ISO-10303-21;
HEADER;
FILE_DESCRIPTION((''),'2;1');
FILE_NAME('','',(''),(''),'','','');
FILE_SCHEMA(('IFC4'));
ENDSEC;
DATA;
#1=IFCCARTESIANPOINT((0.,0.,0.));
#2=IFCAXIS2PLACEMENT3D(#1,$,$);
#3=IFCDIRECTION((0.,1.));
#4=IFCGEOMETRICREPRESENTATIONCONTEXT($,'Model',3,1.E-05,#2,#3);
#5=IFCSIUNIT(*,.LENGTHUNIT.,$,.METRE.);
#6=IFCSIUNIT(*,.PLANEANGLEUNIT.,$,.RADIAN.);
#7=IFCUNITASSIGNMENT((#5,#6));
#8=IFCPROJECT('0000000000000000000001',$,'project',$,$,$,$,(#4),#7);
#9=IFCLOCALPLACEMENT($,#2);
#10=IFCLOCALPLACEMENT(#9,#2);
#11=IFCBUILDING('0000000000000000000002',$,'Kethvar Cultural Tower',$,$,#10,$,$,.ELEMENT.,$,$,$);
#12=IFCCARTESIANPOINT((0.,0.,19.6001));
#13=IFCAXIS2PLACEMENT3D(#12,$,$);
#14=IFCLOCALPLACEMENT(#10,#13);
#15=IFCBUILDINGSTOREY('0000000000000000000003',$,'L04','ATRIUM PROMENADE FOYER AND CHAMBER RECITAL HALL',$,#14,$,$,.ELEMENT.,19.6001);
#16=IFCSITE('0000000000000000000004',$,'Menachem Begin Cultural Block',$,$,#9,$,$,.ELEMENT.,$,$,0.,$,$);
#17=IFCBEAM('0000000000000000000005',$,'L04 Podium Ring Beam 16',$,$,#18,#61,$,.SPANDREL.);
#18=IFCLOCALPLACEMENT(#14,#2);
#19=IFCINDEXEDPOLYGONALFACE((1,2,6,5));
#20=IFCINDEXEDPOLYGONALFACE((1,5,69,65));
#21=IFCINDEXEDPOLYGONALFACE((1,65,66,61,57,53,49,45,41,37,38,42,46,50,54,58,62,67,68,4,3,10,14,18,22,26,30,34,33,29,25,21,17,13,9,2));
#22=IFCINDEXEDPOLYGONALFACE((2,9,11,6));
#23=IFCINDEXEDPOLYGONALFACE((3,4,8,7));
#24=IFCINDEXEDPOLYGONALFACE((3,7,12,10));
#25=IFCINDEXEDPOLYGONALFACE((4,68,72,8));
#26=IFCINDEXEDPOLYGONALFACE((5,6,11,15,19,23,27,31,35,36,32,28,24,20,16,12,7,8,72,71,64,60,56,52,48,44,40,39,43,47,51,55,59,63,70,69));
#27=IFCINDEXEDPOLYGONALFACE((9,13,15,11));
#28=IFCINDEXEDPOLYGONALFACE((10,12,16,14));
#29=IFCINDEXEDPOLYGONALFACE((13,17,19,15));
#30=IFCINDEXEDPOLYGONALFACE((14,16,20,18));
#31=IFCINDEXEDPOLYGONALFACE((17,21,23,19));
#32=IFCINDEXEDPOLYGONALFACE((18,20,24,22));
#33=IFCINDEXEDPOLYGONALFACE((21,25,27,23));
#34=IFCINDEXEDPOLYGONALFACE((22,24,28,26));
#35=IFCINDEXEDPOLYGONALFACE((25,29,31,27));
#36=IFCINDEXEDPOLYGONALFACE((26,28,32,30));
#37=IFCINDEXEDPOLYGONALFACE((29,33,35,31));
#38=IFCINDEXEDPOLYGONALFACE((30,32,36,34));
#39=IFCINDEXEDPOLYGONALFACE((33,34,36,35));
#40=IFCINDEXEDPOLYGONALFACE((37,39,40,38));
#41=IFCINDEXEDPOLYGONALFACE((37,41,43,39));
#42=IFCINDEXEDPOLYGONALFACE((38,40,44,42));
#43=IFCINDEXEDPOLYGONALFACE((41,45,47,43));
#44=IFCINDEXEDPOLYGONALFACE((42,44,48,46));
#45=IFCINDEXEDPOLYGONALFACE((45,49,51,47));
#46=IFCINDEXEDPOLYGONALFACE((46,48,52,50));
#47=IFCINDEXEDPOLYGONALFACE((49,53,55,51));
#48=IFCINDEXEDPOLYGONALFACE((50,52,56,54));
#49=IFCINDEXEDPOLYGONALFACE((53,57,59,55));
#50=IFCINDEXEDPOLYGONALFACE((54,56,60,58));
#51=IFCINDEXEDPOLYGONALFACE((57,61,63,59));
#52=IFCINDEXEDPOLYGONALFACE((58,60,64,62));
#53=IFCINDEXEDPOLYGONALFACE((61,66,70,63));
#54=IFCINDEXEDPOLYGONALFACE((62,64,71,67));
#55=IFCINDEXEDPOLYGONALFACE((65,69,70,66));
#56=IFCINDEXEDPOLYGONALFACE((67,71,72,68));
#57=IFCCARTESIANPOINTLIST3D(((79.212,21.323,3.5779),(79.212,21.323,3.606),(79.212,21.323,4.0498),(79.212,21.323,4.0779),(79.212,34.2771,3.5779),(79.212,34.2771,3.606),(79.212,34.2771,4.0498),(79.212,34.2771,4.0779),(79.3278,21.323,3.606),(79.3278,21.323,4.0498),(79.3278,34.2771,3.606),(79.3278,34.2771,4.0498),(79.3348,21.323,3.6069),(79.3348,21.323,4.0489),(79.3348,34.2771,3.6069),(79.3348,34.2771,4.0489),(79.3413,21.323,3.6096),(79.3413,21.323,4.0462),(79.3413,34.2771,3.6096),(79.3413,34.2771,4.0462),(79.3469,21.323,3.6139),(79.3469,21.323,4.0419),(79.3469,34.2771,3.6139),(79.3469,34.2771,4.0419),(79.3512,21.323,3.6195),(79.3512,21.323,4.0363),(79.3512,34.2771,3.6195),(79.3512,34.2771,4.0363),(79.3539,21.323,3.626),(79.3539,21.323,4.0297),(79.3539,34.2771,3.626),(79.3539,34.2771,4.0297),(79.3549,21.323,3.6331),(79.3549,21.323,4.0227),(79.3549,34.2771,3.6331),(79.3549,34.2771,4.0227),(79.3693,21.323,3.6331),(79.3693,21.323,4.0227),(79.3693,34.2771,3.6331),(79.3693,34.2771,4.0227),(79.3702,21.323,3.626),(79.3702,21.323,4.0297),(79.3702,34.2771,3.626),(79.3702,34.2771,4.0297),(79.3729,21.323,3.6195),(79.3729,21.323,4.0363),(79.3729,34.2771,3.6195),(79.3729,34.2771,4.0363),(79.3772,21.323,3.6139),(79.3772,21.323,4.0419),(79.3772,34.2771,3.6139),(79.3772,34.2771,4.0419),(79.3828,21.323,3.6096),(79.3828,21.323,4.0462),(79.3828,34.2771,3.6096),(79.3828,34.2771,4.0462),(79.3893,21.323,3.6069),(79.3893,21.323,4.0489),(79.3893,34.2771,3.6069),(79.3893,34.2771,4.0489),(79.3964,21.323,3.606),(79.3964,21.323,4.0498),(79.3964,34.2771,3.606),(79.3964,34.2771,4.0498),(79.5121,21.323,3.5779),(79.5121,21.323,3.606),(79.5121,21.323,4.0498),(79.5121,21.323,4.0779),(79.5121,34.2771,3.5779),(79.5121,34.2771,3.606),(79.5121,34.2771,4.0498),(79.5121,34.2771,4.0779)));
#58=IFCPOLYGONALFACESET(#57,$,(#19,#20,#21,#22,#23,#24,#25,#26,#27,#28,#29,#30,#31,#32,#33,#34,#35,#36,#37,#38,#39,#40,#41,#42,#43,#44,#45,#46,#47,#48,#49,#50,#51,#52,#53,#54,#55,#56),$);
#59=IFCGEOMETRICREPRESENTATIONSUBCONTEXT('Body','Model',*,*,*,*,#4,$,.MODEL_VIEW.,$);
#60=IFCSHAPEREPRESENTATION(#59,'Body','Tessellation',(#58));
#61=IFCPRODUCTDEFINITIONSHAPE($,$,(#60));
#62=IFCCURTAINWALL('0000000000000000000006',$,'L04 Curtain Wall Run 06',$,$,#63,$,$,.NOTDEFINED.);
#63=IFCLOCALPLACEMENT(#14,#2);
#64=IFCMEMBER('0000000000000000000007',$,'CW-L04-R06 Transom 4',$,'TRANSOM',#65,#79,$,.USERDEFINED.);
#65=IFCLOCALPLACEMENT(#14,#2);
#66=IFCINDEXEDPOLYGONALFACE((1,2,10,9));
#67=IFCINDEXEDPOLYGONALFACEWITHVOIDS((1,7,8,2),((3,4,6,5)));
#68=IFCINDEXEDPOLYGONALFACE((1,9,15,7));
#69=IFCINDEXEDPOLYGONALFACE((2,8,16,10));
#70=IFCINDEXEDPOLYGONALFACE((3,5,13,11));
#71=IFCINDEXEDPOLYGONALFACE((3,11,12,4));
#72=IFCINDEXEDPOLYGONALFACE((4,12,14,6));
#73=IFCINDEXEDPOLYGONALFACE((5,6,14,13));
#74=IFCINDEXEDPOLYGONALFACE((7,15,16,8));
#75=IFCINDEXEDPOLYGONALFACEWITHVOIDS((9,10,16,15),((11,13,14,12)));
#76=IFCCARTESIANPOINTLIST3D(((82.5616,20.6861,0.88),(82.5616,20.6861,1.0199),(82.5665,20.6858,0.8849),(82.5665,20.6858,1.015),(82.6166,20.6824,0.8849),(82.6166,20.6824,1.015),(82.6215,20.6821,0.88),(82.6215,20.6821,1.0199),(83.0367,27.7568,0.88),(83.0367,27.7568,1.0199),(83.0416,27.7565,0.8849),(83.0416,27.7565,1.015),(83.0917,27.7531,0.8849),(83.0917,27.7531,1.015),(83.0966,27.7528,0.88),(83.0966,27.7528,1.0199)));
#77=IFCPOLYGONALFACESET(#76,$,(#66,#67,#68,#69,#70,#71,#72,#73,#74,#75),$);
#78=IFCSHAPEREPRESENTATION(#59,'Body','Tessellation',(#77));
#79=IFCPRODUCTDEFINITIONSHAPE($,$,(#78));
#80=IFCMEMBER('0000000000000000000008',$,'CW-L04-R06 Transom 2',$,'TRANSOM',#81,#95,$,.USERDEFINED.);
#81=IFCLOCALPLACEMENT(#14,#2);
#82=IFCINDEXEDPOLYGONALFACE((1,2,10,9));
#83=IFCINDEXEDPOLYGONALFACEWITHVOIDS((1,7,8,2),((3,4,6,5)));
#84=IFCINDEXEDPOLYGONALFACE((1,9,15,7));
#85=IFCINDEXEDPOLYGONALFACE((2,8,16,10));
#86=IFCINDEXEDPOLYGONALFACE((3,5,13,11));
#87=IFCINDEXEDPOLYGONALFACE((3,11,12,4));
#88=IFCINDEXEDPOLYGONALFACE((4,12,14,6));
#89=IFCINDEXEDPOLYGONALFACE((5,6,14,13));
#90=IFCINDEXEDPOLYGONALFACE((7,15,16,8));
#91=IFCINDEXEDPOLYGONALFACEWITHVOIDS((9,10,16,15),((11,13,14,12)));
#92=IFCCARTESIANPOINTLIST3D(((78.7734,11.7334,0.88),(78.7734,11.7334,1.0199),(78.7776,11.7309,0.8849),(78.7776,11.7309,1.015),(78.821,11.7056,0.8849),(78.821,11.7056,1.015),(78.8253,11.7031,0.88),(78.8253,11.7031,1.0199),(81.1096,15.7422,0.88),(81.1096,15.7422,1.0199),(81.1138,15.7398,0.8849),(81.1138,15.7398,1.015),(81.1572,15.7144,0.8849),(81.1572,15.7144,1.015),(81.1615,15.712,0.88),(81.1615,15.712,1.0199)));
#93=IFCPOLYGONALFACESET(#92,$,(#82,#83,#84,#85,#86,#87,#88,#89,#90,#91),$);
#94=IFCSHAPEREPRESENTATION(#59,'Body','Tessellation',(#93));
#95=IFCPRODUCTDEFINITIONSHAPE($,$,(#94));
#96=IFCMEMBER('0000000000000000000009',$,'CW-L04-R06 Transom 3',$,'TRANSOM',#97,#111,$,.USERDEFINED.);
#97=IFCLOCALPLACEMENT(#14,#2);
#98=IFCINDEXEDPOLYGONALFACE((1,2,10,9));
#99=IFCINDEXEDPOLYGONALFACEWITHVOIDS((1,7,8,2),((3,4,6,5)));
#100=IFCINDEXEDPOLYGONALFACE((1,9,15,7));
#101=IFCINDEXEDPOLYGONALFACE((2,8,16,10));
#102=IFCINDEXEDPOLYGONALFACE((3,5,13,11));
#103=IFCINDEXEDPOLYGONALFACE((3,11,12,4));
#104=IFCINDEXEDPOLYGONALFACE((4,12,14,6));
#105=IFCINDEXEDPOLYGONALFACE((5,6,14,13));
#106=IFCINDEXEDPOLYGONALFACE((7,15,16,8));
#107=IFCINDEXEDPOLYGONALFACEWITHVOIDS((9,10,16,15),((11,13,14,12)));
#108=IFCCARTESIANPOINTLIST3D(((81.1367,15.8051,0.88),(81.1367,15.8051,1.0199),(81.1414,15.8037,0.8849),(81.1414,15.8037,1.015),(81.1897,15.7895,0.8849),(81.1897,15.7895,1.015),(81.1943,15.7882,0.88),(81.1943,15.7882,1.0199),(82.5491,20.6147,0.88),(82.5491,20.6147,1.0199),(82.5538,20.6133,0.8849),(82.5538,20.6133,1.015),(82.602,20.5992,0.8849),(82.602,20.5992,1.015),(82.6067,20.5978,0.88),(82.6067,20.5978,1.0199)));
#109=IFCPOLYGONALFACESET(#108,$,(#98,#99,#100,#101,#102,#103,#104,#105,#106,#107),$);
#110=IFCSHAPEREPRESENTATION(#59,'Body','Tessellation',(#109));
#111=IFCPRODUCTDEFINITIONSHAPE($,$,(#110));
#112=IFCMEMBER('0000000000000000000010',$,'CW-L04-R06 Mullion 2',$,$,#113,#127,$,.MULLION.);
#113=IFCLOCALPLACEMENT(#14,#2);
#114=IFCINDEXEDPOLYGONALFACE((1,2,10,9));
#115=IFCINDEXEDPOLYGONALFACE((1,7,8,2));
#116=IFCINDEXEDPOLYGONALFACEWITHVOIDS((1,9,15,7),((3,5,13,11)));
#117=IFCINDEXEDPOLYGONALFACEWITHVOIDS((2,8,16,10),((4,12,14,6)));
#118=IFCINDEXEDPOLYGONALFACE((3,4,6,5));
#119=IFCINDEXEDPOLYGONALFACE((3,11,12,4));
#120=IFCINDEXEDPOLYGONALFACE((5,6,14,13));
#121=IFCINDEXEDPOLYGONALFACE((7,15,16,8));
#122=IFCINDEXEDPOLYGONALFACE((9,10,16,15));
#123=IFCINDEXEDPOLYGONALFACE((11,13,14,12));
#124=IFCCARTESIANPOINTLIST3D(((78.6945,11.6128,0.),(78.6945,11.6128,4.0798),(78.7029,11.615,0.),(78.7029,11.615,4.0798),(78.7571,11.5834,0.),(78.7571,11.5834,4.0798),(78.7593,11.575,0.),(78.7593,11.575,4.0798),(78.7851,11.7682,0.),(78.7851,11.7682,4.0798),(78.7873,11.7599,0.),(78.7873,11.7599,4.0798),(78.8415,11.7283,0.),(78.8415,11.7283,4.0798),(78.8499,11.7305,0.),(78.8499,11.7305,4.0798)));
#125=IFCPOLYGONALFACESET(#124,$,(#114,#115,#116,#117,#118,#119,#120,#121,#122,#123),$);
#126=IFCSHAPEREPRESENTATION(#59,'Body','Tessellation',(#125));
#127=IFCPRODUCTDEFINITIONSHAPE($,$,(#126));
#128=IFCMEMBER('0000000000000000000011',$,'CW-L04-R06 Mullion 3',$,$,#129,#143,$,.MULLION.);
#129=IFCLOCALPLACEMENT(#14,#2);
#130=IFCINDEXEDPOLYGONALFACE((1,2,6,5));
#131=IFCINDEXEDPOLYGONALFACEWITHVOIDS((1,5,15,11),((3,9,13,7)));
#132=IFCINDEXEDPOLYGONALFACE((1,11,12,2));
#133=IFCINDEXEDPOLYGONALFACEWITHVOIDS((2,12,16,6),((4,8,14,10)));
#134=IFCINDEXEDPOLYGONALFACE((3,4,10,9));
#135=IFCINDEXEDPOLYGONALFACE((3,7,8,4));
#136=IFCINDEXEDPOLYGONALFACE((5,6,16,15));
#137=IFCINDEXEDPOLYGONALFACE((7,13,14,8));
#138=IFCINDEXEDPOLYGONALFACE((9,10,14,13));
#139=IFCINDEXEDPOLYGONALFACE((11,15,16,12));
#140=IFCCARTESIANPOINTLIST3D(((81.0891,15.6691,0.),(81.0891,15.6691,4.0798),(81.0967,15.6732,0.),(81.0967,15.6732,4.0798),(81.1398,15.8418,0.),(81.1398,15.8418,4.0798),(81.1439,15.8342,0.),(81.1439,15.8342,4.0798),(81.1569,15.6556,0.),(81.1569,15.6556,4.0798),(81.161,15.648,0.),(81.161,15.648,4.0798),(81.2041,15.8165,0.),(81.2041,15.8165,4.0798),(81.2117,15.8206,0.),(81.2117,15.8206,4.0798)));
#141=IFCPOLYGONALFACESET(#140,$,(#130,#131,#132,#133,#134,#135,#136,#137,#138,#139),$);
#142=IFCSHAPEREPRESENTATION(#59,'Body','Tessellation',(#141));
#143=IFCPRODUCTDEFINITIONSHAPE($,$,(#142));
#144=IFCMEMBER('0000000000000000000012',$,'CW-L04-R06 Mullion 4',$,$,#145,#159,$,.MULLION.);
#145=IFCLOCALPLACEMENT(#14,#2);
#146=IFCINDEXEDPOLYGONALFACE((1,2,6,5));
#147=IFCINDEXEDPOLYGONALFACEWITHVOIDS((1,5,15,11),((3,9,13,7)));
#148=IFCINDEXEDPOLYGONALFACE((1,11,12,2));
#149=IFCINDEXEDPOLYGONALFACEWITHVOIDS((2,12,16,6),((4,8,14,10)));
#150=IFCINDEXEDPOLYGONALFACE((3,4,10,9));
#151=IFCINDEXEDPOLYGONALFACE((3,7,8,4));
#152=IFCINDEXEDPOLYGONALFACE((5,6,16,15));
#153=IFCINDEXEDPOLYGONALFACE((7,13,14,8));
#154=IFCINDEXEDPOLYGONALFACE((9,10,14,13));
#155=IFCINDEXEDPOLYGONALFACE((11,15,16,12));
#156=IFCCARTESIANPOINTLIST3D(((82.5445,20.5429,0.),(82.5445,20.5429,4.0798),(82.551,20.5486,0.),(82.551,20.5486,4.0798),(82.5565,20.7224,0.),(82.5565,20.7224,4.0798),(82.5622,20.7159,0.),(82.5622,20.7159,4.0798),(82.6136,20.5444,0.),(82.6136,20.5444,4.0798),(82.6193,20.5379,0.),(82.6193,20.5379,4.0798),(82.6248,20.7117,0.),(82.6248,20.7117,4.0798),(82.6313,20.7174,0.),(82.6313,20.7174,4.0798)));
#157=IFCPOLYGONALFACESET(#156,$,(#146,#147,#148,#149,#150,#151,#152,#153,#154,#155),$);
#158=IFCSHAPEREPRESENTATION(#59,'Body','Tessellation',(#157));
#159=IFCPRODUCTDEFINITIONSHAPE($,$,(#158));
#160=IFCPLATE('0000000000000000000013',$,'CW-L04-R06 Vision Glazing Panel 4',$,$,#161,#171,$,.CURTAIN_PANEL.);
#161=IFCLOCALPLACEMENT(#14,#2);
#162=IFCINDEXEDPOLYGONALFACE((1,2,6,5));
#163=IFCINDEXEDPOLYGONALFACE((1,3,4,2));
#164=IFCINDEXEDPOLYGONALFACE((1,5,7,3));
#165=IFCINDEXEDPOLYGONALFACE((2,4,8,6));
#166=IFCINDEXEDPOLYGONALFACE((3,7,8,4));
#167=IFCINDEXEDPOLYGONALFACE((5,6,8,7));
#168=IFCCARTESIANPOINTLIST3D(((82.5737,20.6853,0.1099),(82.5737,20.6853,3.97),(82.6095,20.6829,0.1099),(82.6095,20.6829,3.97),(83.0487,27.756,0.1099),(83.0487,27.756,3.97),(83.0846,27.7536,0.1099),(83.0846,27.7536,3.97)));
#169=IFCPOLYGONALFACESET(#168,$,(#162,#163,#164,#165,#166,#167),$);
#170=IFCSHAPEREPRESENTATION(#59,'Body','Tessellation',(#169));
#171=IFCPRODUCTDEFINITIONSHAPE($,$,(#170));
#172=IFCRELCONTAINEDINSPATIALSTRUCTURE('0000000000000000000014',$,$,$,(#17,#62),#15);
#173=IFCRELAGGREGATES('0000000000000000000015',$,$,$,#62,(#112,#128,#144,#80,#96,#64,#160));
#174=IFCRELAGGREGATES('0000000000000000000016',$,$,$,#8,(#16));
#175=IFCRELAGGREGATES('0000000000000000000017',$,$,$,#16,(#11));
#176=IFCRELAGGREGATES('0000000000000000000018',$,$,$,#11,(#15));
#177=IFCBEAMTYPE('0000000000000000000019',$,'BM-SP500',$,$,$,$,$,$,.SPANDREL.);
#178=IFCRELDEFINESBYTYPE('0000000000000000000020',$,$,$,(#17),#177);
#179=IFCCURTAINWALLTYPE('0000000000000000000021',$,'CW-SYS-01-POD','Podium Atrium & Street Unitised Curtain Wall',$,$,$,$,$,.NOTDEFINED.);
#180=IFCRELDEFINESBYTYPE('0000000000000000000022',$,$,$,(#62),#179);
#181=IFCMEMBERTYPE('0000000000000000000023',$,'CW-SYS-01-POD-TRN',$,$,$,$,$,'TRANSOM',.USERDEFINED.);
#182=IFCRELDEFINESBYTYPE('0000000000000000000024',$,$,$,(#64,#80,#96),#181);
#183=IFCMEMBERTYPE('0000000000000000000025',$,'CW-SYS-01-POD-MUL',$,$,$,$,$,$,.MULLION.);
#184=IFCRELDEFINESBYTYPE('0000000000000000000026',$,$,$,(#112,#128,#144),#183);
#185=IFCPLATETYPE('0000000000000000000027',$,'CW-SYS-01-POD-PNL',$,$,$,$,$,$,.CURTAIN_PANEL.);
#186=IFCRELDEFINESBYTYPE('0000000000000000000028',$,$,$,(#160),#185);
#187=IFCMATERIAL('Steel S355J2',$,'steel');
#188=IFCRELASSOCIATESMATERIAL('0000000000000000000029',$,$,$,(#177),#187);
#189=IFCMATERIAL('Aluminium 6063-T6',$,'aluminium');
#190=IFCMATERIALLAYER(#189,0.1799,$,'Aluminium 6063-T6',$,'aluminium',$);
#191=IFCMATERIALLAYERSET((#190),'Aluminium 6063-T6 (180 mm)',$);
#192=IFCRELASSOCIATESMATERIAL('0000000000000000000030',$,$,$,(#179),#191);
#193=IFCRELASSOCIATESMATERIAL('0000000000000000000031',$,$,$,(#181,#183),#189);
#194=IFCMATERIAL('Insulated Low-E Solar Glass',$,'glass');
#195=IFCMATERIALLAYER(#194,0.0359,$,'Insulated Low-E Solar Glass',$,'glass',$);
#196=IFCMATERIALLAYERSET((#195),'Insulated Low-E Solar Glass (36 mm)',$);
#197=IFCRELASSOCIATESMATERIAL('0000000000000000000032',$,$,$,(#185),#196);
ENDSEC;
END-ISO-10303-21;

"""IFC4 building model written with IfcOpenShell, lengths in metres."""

from ifc_helpers import new_model, si_unit, direction, frame, origin, origin_2d, place, context, subcontext, project, spatial, rectangle, hollow_rectangle, i_section, extrude, source, transform, mapped, material, layer, layer_set, material_profile, profile_set, type_object, element, aggregate, save


model = new_model("IFC4")

# Units and contexts
model_context = context("Model", 3, precision=1e-05, world=origin(), true_north=direction((0.0, 1.0)))
body_context = subcontext(model_context, "Body", "Model", "MODEL_VIEW")
ifc_project = project(units=[si_unit("LENGTHUNIT", "METRE"), si_unit("PLANEANGLEUNIT", "RADIAN")], contexts=[model_context])

# Site, building, storey
site_placement = place(None, origin())
site = spatial("IfcSite", under=ifc_project, at=site_placement, Name="Menachem Begin Cultural Block", CompositionType="ELEMENT", RefElevation=0.0)
building_placement = place(site_placement, origin())
building = spatial("IfcBuilding", under=site, at=building_placement, Name="Kethvar Cultural Tower", CompositionType="ELEMENT")
storey_placement = place(building_placement, frame((0.0, 0.0, 19.6001)))
storey = spatial("IfcBuildingStorey", under=building, at=storey_placement, Name="L04", Description="ATRIUM PROMENADE FOYER AND CHAMBER RECITAL HALL", CompositionType="ELEMENT", Elevation=19.6001)

# Beam
ifc_material_1 = material(Name="Steel S355J2", Category="steel")
ifc_material_profile_1 = material_profile(ifc_material_1, i_section(OverallWidth=0.3, OverallDepth=0.5, WebThickness=0.0144, FlangeThickness=0.0281, FilletRadius=0.0271, at=origin_2d()), Name="Steel S355J2 — HEB500")
ifc_profile_set_1 = profile_set([ifc_material_profile_1], Name="Steel S355J2 — HEB500")
beam_type = type_object("IfcBeamType", Name="BM-SP500", PredefinedType="SPANDREL", material=ifc_profile_set_1)
shared_shape_1 = source(origin(), body_context, "Body", "SweptSolid", [
    extrude(i_section(OverallWidth=0.3, OverallDepth=0.5, WebThickness=0.0144, FlangeThickness=0.0281, FilletRadius=0.0271, at=origin_2d()), origin(), (0.0, 0.0, 1.0), 12.9541),
])
beam_1_placement = place(storey_placement, frame((79.3621, 21.323, 3.8279), z_axis=(0.0, 1.0, 0.0), x_axis=(-1.0, 0.0, 0.0)))
element("IfcBeam", 1, at=beam_1_placement, inside=storey, type_object=beam_type, Name="L04 Podium Ring Beam 16", PredefinedType="SPANDREL", context=body_context, shape_type="MappedRepresentation", body=[
    mapped(shared_shape_1, transform((0.0, 0.0, 0.0), scale=1.0)),
])

# Curtain wall, members, plate
ifc_material_2 = material(Name="Aluminium 6063-T6", Category="aluminium")
ifc_layer_1 = layer(ifc_material_2, 0.1799, Name="Aluminium 6063-T6", Category="aluminium")
ifc_layer_set_1 = layer_set([ifc_layer_1], Name="Aluminium 6063-T6 (180 mm)")
curtain_wall_type = type_object("IfcCurtainWallType", Name="CW-SYS-01-POD", Description="Podium Atrium & Street Unitised Curtain Wall", PredefinedType="NOTDEFINED", material=ifc_layer_set_1)
curtain_wall_placement = place(storey_placement, origin())
curtain_wall = element("IfcCurtainWall", 2, at=curtain_wall_placement, inside=storey, type_object=curtain_wall_type, Name="L04 Curtain Wall Run 06", PredefinedType="NOTDEFINED")
ifc_material_profile_2 = material_profile(ifc_material_2, hollow_rectangle(XDim=0.0601, YDim=0.1399, WallThickness=0.0049, at=origin_2d()), Name="Aluminium 6063-T6 — RHS140x60x5")
ifc_profile_set_2 = profile_set([ifc_material_profile_2], Name="Aluminium 6063-T6 — RHS140x60x5")
member_type_1 = type_object("IfcMemberType", Name="CW-SYS-01-POD-TRN", ElementType="TRANSOM", PredefinedType="USERDEFINED", material=ifc_profile_set_2)
shared_shape_2 = source(origin(), body_context, "Body", "SweptSolid", [
    extrude(hollow_rectangle(XDim=0.0601, YDim=0.1399, WallThickness=0.0049, at=origin_2d()), origin(), (0.0, 0.0, 1.0), 7.0867),
])
member_1_placement = place(storey_placement, frame((82.5916, 20.6841, 0.95), z_axis=(0.06704, 0.99775, 0.0), x_axis=(-0.99775, 0.06704, 0.0)))
member_1 = element("IfcMember", 3, at=member_1_placement, type_object=member_type_1, Name="CW-L04-R06 Transom 4", ObjectType="TRANSOM", PredefinedType="USERDEFINED", context=body_context, shape_type="MappedRepresentation", body=[
    mapped(shared_shape_2, transform((0.0, 0.0, 0.0), scale=1.0)),
])
shared_shape_3 = source(origin(), body_context, "Body", "SweptSolid", [
    extrude(hollow_rectangle(XDim=0.0601, YDim=0.1399, WallThickness=0.0049, at=origin_2d()), origin(), (0.0, 0.0, 1.0), 4.6399),
])
member_2_placement = place(storey_placement, frame((78.7993, 11.7183, 0.95), z_axis=(0.503505, 0.863993, 0.0), x_axis=(-0.863993, 0.503505, 0.0)))
member_2 = element("IfcMember", 4, at=member_2_placement, type_object=member_type_1, Name="CW-L04-R06 Transom 2", ObjectType="TRANSOM", PredefinedType="USERDEFINED", context=body_context, shape_type="MappedRepresentation", body=[
    mapped(shared_shape_3, transform((0.0, 0.0, 0.0), scale=1.0)),
])
shared_shape_4 = source(origin(), body_context, "Body", "SweptSolid", [
    extrude(hollow_rectangle(XDim=0.0601, YDim=0.1399, WallThickness=0.0049, at=origin_2d()), origin(), (0.0, 0.0, 1.0), 5.0127),
])
member_3_placement = place(storey_placement, frame((81.1655, 15.7966, 0.95), z_axis=(0.281758, 0.959486, 0.0), x_axis=(-0.959486, 0.281758, 0.0)))
member_3 = element("IfcMember", 5, at=member_3_placement, type_object=member_type_1, Name="CW-L04-R06 Transom 3", ObjectType="TRANSOM", PredefinedType="USERDEFINED", context=body_context, shape_type="MappedRepresentation", body=[
    mapped(shared_shape_4, transform((0.0, 0.0, 0.0), scale=1.0)),
])
ifc_material_profile_3 = material_profile(ifc_material_2, hollow_rectangle(XDim=0.075, YDim=0.1799, WallThickness=0.0061, at=origin_2d()), Name="Aluminium 6063-T6 — RHS180x75x6")
ifc_profile_set_3 = profile_set([ifc_material_profile_3], Name="Aluminium 6063-T6 — RHS180x75x6")
member_type_2 = type_object("IfcMemberType", Name="CW-SYS-01-POD-MUL", PredefinedType="MULLION", material=ifc_profile_set_3)
shared_shape_5 = source(origin(), body_context, "Body", "SweptSolid", [
    extrude(hollow_rectangle(XDim=0.075, YDim=0.1799, WallThickness=0.0061, at=origin_2d()), origin(), (0.0, 0.0, 1.0), 4.0798),
])
member_4_placement = place(storey_placement, frame((78.7722, 11.6716, 0.0), z_axis=(0.0, 0.0, 1.0), x_axis=(-0.863985, 0.503518, 0.0)))
member_4 = element("IfcMember", 6, at=member_4_placement, type_object=member_type_2, Name="CW-L04-R06 Mullion 2", PredefinedType="MULLION", context=body_context, shape_type="MappedRepresentation", body=[
    mapped(shared_shape_5, transform((0.0, 0.0, 0.0), scale=1.0)),
])
member_5_placement = place(storey_placement, frame((81.1504, 15.7449, 0.0), z_axis=(0.0, 0.0, 1.0), x_axis=(-0.959496, 0.281722, 0.0)))
member_5 = element("IfcMember", 7, at=member_5_placement, type_object=member_type_2, Name="CW-L04-R06 Mullion 3", PredefinedType="MULLION", context=body_context, shape_type="MappedRepresentation", body=[
    mapped(shared_shape_5, transform((0.0, 0.0, 0.0), scale=1.0)),
])
member_6_placement = place(storey_placement, frame((82.5879, 20.6301, 0.0), z_axis=(0.0, 0.0, 1.0), x_axis=(-0.99775, 0.06704, 0.0)))
member_6 = element("IfcMember", 8, at=member_6_placement, type_object=member_type_2, Name="CW-L04-R06 Mullion 4", PredefinedType="MULLION", context=body_context, shape_type="MappedRepresentation", body=[
    mapped(shared_shape_5, transform((0.0, 0.0, 0.0), scale=1.0)),
])
ifc_material_3 = material(Name="Insulated Low-E Solar Glass", Category="glass")
ifc_layer_2 = layer(ifc_material_3, 0.0359, Name="Insulated Low-E Solar Glass", Category="glass")
ifc_layer_set_2 = layer_set([ifc_layer_2], Name="Insulated Low-E Solar Glass (36 mm)")
plate_type = type_object("IfcPlateType", Name="CW-SYS-01-POD-PNL", PredefinedType="CURTAIN_PANEL", material=ifc_layer_set_2)
shared_shape_6 = source(origin(), body_context, "Body", "SweptSolid", [
    extrude(rectangle(XDim=7.0867, YDim=0.0359, at=origin_2d()), origin(), (0.0, 0.0, 1.0), 3.8601),
])
plate_1_placement = place(storey_placement, frame((82.8291, 24.2195, 0.1099), z_axis=(0.0, 0.0, 1.0), x_axis=(0.06704, 0.99775, 0.0)))
plate_1 = element("IfcPlate", 9, at=plate_1_placement, type_object=plate_type, Name="CW-L04-R06 Vision Glazing Panel 4", PredefinedType="CURTAIN_PANEL", context=body_context, shape_type="MappedRepresentation", body=[
    mapped(shared_shape_6, transform((0.0, 0.0, 0.0), scale=1.0)),
])
aggregate(curtain_wall, [member_4, member_5, member_6, member_2, member_3, member_1, plate_1])

save(model, "model.ifc")
